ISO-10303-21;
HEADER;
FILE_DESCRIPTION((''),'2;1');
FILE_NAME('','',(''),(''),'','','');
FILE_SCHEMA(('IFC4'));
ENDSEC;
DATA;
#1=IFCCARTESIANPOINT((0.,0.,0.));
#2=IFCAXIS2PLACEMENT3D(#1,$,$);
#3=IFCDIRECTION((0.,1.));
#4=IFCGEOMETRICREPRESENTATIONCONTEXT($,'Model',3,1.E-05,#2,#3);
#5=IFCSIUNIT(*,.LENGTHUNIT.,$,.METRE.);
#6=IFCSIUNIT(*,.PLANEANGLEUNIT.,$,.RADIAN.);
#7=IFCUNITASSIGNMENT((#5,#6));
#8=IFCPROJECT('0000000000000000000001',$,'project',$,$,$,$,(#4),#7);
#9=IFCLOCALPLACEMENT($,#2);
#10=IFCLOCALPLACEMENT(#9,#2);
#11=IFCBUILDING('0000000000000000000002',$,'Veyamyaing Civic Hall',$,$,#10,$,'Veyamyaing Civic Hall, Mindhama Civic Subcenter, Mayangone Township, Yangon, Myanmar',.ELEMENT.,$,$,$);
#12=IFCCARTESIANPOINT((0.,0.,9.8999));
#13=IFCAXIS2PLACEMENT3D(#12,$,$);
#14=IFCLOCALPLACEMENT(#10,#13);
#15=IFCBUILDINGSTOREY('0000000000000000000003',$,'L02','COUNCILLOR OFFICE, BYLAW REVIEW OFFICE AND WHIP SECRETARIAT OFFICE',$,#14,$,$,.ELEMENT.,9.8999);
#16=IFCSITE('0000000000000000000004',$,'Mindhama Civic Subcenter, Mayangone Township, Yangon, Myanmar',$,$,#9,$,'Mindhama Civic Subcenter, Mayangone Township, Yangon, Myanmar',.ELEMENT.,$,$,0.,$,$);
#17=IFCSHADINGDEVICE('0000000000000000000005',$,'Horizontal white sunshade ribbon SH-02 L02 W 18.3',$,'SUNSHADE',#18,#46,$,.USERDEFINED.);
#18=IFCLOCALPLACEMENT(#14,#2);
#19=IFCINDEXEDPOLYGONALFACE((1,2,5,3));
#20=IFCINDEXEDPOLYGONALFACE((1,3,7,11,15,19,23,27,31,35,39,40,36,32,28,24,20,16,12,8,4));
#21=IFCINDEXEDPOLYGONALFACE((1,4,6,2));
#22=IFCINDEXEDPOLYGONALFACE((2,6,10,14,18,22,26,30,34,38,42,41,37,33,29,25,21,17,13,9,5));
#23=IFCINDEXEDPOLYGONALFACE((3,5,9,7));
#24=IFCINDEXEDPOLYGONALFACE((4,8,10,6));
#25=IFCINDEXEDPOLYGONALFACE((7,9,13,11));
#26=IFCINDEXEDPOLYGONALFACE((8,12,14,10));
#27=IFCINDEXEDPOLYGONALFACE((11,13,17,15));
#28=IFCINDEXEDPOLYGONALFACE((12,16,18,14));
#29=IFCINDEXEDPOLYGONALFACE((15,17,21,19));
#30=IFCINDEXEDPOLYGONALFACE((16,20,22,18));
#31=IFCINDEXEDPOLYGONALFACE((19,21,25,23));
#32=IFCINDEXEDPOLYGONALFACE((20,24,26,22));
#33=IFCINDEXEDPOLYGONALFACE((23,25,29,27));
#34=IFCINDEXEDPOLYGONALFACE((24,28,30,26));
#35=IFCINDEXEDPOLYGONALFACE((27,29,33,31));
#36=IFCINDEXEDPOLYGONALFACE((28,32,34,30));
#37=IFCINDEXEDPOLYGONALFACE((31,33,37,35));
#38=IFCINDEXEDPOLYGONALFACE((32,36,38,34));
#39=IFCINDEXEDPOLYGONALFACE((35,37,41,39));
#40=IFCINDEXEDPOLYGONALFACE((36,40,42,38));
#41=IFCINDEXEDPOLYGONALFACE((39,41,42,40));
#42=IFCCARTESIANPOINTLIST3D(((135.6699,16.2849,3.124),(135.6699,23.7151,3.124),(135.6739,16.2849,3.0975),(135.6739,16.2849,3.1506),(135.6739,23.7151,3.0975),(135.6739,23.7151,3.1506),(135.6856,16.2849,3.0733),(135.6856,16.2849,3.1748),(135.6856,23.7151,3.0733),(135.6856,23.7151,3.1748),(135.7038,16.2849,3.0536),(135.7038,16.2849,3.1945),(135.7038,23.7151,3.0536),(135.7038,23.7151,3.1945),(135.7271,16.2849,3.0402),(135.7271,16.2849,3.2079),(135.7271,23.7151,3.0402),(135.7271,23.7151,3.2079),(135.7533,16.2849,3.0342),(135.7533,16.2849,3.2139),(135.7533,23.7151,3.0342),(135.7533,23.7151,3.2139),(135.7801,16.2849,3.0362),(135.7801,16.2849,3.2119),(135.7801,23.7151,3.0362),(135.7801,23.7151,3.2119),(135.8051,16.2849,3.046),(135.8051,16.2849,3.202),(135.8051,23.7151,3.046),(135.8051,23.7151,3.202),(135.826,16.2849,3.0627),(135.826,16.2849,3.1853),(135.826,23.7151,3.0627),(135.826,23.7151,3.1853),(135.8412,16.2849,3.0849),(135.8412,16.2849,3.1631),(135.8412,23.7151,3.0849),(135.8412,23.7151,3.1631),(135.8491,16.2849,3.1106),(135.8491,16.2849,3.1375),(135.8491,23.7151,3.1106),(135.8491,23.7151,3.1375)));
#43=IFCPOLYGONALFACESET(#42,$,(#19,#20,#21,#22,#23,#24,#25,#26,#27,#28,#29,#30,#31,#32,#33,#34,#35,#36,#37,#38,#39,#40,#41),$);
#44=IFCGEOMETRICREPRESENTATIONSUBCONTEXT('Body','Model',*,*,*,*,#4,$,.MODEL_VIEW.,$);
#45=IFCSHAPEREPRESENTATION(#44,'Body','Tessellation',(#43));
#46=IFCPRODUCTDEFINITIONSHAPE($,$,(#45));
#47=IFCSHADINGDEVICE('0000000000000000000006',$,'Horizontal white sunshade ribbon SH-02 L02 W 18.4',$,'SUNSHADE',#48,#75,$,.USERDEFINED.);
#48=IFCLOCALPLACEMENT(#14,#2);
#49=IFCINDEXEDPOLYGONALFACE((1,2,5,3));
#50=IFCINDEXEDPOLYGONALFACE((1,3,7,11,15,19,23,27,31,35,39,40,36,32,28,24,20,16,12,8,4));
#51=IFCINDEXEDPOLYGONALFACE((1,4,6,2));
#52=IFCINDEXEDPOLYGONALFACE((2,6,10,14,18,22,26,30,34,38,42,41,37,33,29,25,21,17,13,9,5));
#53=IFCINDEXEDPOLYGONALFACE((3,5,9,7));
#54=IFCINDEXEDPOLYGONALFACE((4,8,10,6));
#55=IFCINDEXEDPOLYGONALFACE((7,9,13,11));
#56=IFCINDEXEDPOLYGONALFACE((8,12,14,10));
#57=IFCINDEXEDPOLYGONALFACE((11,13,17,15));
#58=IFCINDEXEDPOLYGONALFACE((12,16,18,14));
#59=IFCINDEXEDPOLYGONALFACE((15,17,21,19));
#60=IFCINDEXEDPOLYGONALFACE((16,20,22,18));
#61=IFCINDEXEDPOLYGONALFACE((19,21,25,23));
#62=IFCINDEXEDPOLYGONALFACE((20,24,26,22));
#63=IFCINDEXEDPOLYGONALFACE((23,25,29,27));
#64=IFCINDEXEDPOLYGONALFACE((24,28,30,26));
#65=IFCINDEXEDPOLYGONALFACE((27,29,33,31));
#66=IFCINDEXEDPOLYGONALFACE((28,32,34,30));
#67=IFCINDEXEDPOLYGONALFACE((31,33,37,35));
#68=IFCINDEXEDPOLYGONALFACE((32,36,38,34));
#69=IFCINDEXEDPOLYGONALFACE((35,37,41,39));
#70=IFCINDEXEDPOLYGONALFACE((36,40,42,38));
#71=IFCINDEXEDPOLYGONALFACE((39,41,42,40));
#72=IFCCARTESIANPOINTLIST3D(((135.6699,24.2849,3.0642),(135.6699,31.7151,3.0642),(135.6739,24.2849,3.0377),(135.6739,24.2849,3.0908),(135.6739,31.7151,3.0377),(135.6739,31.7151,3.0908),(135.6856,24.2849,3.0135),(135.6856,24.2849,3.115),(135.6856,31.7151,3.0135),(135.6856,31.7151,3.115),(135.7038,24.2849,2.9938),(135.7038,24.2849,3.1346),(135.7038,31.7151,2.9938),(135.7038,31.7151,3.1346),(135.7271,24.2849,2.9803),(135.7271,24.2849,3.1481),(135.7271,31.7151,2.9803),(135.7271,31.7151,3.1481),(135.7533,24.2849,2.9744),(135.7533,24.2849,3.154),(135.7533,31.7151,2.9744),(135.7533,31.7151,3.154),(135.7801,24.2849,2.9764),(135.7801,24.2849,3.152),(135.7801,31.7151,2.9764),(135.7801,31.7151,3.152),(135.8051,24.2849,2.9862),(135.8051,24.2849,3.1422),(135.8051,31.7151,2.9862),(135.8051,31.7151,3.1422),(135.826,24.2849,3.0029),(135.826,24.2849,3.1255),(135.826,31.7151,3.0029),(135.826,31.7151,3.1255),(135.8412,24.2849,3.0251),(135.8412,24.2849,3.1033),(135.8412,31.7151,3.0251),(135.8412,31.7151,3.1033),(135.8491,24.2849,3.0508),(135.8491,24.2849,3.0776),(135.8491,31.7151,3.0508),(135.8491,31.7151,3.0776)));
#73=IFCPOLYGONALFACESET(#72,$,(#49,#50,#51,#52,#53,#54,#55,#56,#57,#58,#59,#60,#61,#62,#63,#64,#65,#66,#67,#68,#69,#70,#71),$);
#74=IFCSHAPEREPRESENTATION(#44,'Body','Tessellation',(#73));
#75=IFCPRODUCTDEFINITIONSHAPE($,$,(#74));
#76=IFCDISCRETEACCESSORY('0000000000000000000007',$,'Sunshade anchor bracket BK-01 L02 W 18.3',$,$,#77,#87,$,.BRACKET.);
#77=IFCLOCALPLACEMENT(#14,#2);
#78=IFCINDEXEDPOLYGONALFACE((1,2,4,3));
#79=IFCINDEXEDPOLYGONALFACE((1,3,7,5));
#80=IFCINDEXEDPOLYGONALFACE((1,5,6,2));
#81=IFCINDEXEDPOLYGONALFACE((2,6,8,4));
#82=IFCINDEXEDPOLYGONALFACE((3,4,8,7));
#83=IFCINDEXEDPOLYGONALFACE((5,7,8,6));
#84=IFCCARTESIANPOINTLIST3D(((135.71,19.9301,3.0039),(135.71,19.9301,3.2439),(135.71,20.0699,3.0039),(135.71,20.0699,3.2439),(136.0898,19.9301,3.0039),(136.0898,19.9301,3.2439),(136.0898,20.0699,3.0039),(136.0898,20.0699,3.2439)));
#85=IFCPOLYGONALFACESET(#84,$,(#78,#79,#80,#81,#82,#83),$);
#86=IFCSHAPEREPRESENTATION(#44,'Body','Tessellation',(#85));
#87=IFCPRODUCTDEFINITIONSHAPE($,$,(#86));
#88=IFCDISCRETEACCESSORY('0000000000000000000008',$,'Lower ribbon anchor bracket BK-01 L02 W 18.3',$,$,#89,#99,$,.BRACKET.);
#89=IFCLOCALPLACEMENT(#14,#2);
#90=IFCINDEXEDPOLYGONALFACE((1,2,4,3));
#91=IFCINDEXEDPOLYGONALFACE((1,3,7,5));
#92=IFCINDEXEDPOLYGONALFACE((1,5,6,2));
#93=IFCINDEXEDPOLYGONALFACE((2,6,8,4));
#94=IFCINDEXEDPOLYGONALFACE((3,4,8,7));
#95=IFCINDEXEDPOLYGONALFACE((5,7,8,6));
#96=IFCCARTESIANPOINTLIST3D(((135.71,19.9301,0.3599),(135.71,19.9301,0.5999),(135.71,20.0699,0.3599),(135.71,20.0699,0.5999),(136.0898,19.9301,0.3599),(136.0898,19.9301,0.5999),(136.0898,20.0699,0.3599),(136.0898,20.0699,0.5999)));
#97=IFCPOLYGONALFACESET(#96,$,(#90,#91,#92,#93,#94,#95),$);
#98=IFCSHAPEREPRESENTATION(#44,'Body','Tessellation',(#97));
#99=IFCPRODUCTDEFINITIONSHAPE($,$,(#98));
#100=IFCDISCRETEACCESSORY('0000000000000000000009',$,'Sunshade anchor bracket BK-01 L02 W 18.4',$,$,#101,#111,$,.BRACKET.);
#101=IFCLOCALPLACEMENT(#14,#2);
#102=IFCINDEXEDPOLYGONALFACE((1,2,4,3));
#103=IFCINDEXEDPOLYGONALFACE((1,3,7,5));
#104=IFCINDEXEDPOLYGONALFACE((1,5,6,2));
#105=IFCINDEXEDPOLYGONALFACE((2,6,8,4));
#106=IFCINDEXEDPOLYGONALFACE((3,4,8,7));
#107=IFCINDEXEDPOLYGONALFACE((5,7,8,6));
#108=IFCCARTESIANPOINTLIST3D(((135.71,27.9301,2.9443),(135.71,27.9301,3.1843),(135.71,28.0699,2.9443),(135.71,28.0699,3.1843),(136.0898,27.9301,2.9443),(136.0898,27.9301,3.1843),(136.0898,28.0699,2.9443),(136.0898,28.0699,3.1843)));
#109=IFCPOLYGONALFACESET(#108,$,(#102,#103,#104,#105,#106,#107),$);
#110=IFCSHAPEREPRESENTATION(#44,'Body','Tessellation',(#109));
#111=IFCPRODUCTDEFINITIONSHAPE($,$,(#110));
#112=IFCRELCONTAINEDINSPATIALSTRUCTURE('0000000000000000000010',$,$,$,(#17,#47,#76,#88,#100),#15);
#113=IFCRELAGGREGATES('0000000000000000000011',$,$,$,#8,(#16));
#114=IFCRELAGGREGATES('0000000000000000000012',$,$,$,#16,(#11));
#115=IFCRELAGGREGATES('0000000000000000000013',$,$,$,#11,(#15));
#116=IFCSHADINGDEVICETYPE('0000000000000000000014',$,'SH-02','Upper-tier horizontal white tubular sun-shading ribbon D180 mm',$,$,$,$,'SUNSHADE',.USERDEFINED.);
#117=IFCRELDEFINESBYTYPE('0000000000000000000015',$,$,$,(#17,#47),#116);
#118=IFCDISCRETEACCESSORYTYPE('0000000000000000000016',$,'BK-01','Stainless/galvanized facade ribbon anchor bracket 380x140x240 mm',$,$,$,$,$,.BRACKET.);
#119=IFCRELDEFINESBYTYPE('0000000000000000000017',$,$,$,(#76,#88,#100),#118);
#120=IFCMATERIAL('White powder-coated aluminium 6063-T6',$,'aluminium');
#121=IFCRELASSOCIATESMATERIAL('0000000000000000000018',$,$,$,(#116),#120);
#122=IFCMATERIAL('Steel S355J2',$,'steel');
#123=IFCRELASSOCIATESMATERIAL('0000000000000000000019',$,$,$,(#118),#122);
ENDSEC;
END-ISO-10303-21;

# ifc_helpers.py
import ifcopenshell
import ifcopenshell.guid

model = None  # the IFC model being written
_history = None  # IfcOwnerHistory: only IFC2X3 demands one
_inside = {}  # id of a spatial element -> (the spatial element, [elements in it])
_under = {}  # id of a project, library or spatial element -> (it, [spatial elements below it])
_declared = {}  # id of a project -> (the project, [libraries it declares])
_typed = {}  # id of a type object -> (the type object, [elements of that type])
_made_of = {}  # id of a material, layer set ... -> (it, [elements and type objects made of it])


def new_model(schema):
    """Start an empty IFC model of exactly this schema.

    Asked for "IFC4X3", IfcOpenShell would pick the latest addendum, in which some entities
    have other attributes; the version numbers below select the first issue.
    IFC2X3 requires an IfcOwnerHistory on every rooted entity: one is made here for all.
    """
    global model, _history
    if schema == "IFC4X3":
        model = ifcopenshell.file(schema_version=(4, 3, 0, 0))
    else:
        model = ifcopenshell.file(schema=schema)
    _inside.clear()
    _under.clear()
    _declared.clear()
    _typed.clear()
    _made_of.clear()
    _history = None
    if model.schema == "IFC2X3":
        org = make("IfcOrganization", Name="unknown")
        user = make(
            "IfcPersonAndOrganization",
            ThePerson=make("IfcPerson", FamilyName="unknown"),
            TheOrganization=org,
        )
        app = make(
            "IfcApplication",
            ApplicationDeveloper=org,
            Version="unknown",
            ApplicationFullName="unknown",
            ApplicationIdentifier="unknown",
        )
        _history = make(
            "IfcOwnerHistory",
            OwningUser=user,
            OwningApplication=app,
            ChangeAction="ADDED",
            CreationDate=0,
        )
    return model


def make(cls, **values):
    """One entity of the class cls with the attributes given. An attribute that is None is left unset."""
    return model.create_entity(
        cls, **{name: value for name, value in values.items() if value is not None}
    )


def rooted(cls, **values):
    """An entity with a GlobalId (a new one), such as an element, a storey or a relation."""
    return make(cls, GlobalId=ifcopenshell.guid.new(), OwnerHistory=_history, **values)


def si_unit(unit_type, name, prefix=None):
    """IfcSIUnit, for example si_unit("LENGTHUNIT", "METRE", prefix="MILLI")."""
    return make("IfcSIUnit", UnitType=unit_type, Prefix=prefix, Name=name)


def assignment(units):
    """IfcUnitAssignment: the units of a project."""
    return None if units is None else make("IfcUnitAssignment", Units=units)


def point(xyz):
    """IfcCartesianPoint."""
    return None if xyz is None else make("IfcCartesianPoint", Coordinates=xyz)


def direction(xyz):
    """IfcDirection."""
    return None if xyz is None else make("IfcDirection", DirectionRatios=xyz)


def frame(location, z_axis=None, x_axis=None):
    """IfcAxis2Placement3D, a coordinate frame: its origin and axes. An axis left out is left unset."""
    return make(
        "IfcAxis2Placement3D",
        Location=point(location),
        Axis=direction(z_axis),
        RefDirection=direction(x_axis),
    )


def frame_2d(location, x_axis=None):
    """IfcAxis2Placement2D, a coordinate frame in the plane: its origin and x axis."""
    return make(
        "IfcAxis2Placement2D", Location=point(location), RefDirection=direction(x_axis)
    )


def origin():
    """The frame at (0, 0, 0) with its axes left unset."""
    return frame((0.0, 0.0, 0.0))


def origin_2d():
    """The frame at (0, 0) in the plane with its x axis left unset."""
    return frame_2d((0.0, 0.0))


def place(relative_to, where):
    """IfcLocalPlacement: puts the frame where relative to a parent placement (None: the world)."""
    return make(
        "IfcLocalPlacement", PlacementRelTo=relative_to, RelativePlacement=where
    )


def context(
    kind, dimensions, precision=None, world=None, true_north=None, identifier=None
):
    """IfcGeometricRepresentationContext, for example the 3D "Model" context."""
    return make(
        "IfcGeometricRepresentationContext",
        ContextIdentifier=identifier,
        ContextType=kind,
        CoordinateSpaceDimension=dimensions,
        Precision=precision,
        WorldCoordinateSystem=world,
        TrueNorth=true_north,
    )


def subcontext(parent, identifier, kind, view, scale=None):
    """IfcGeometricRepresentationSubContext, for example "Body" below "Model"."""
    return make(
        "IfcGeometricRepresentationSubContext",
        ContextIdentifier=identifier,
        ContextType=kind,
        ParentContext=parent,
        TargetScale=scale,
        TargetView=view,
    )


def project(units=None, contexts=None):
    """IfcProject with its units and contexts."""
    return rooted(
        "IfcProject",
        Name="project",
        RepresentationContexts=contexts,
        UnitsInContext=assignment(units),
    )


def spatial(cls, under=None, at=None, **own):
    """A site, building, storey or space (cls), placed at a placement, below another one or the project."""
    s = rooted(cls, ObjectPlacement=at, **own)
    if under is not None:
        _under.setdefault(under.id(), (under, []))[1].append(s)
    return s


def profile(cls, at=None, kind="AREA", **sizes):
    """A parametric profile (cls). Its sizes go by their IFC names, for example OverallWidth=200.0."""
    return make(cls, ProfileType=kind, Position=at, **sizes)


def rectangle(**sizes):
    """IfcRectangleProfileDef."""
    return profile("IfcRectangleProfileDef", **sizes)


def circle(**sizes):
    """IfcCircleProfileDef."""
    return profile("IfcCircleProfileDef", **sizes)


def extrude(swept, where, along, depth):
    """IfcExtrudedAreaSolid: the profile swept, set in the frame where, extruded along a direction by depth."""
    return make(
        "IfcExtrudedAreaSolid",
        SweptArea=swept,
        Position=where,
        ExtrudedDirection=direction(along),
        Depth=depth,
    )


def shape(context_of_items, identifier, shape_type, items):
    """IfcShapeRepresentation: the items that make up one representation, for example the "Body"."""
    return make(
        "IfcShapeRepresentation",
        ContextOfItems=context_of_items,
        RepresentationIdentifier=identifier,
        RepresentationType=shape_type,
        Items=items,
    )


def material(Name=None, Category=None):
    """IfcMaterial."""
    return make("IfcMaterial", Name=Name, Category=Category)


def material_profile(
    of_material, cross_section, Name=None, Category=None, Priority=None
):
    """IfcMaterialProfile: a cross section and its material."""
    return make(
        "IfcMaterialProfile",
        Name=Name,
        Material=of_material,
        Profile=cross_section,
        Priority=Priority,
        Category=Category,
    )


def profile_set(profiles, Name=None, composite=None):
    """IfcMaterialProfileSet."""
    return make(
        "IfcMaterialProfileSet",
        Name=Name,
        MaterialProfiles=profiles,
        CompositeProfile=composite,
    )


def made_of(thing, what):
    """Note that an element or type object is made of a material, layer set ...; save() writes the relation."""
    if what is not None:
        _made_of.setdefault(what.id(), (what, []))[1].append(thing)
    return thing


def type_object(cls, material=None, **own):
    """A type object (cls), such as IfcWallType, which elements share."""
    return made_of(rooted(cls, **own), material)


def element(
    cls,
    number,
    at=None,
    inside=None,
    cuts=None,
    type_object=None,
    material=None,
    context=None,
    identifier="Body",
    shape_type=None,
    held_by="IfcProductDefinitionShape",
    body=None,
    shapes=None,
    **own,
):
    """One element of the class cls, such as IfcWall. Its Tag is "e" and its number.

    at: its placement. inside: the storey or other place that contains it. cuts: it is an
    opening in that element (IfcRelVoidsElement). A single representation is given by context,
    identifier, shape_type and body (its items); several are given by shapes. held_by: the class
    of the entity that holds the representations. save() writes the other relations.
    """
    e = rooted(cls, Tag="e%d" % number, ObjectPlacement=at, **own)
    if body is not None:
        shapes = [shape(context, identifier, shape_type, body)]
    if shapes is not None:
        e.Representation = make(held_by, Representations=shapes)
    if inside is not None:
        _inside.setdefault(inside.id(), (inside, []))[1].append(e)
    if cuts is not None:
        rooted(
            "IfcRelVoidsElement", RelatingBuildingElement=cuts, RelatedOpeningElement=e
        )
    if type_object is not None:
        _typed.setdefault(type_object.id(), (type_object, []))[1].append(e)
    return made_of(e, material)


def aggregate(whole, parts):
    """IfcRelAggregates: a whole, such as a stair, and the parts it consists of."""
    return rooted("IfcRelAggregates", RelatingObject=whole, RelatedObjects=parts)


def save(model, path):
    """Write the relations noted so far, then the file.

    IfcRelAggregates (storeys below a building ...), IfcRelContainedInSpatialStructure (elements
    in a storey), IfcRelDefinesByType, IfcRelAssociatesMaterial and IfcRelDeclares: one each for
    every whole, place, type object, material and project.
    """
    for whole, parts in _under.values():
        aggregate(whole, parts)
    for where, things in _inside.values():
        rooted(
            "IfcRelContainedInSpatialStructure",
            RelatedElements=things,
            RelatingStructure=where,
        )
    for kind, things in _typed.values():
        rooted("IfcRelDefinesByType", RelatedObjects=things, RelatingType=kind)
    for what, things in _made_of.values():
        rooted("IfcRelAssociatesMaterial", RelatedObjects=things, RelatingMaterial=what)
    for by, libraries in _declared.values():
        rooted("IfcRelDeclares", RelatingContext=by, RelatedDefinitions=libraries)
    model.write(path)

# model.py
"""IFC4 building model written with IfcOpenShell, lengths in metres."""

from ifc_helpers import new_model, si_unit, direction, frame, origin, origin_2d, place, context, subcontext, project, spatial, rectangle, circle, extrude, material, material_profile, profile_set, type_object, element, save


model = new_model("IFC4")

# Units and contexts
model_context = context("Model", 3, precision=1e-05, world=origin(), true_north=direction((0.0, 1.0)))
body_context = subcontext(model_context, "Body", "Model", "MODEL_VIEW")
ifc_project = project(units=[si_unit("LENGTHUNIT", "METRE"), si_unit("PLANEANGLEUNIT", "RADIAN")], contexts=[model_context])

# Site, building, storey
site_placement = place(None, origin())
site = spatial("IfcSite", under=ifc_project, at=site_placement, Name="Mindhama Civic Subcenter, Mayangone Township, Yangon, Myanmar", LongName="Mindhama Civic Subcenter, Mayangone Township, Yangon, Myanmar", CompositionType="ELEMENT", RefElevation=0.0)
building_placement = place(site_placement, origin())
building = spatial("IfcBuilding", under=site, at=building_placement, Name="Veyamyaing Civic Hall", LongName="Veyamyaing Civic Hall, Mindhama Civic Subcenter, Mayangone Township, Yangon, Myanmar", CompositionType="ELEMENT")
storey_placement = place(building_placement, frame((0.0, 0.0, 9.8999)))
storey = spatial("IfcBuildingStorey", under=building, at=storey_placement, Name="L02", Description="COUNCILLOR OFFICE, BYLAW REVIEW OFFICE AND WHIP SECRETARIAT OFFICE", CompositionType="ELEMENT", Elevation=9.8999)

# Shared definitions
ifc_material_1 = material(Name="White powder-coated aluminium 6063-T6", Category="aluminium")

# Shading devices
ifc_material_profile_1 = material_profile(ifc_material_1, circle(Radius=0.0901, at=origin_2d()), Name="SHADE-TUBE-180")
ifc_profile_set_1 = profile_set([ifc_material_profile_1], Name="White powder-coated aluminium 6063-T6")
shading_device_type = type_object("IfcShadingDeviceType", Name="SH-02", Description="Upper-tier horizontal white tubular sun-shading ribbon D180 mm", ElementType="SUNSHADE", PredefinedType="USERDEFINED", material=ifc_profile_set_1)
for number, where, z_axis, x_axis, name in (
    (1, (135.76, 16.2849, 3.124), (0.0, 1.0, 0.0), (-1.0, 0.0, 0.0), "Horizontal white sunshade ribbon SH-02 L02 W 18.3"),
    (2, (135.76, 24.2849, 3.0642), (0.0, 1.0, 0.0), (-1.0, 0.0, 0.0), "Horizontal white sunshade ribbon SH-02 L02 W 18.4"),
):
    element("IfcShadingDevice", number, at=place(storey_placement, frame(where, z_axis=z_axis, x_axis=x_axis)), inside=storey, type_object=shading_device_type, Name=name, ObjectType="SUNSHADE", PredefinedType="USERDEFINED", context=body_context, shape_type="SweptSolid", body=[
        extrude(circle(Radius=0.0901, at=origin_2d()), origin(), (0.0, 0.0, 1.0), 7.4302),
    ])

# Discrete accessories
ifc_material_2 = material(Name="Steel S355J2", Category="steel")
discrete_accessory_type = type_object("IfcDiscreteAccessoryType", Name="BK-01", Description="Stainless/galvanized facade ribbon anchor bracket 380x140x240 mm", PredefinedType="BRACKET", material=ifc_material_2)
for number, where, z_axis, x_axis, name in (
    (3, (135.8999, 20.0, 3.0039), (0.0, 0.0, 1.0), (-1.0, 0.0, 0.0), "Sunshade anchor bracket BK-01 L02 W 18.3"),
    (4, (135.8999, 20.0, 0.3599), (0.0, 0.0, 1.0), (-1.0, 0.0, 0.0), "Lower ribbon anchor bracket BK-01 L02 W 18.3"),
    (5, (135.8999, 28.0, 2.9443), (0.0, 0.0, 1.0), (-1.0, 0.0, 0.0), "Sunshade anchor bracket BK-01 L02 W 18.4"),
):
    element("IfcDiscreteAccessory", number, at=place(storey_placement, frame(where, z_axis=z_axis, x_axis=x_axis)), inside=storey, type_object=discrete_accessory_type, Name=name, PredefinedType="BRACKET", context=body_context, shape_type="SweptSolid", body=[
        extrude(rectangle(XDim=0.3799, YDim=0.1399, at=origin_2d()), origin(), (0.0, 0.0, 1.0), 0.24),
    ])

save(model, "model.ifc")
